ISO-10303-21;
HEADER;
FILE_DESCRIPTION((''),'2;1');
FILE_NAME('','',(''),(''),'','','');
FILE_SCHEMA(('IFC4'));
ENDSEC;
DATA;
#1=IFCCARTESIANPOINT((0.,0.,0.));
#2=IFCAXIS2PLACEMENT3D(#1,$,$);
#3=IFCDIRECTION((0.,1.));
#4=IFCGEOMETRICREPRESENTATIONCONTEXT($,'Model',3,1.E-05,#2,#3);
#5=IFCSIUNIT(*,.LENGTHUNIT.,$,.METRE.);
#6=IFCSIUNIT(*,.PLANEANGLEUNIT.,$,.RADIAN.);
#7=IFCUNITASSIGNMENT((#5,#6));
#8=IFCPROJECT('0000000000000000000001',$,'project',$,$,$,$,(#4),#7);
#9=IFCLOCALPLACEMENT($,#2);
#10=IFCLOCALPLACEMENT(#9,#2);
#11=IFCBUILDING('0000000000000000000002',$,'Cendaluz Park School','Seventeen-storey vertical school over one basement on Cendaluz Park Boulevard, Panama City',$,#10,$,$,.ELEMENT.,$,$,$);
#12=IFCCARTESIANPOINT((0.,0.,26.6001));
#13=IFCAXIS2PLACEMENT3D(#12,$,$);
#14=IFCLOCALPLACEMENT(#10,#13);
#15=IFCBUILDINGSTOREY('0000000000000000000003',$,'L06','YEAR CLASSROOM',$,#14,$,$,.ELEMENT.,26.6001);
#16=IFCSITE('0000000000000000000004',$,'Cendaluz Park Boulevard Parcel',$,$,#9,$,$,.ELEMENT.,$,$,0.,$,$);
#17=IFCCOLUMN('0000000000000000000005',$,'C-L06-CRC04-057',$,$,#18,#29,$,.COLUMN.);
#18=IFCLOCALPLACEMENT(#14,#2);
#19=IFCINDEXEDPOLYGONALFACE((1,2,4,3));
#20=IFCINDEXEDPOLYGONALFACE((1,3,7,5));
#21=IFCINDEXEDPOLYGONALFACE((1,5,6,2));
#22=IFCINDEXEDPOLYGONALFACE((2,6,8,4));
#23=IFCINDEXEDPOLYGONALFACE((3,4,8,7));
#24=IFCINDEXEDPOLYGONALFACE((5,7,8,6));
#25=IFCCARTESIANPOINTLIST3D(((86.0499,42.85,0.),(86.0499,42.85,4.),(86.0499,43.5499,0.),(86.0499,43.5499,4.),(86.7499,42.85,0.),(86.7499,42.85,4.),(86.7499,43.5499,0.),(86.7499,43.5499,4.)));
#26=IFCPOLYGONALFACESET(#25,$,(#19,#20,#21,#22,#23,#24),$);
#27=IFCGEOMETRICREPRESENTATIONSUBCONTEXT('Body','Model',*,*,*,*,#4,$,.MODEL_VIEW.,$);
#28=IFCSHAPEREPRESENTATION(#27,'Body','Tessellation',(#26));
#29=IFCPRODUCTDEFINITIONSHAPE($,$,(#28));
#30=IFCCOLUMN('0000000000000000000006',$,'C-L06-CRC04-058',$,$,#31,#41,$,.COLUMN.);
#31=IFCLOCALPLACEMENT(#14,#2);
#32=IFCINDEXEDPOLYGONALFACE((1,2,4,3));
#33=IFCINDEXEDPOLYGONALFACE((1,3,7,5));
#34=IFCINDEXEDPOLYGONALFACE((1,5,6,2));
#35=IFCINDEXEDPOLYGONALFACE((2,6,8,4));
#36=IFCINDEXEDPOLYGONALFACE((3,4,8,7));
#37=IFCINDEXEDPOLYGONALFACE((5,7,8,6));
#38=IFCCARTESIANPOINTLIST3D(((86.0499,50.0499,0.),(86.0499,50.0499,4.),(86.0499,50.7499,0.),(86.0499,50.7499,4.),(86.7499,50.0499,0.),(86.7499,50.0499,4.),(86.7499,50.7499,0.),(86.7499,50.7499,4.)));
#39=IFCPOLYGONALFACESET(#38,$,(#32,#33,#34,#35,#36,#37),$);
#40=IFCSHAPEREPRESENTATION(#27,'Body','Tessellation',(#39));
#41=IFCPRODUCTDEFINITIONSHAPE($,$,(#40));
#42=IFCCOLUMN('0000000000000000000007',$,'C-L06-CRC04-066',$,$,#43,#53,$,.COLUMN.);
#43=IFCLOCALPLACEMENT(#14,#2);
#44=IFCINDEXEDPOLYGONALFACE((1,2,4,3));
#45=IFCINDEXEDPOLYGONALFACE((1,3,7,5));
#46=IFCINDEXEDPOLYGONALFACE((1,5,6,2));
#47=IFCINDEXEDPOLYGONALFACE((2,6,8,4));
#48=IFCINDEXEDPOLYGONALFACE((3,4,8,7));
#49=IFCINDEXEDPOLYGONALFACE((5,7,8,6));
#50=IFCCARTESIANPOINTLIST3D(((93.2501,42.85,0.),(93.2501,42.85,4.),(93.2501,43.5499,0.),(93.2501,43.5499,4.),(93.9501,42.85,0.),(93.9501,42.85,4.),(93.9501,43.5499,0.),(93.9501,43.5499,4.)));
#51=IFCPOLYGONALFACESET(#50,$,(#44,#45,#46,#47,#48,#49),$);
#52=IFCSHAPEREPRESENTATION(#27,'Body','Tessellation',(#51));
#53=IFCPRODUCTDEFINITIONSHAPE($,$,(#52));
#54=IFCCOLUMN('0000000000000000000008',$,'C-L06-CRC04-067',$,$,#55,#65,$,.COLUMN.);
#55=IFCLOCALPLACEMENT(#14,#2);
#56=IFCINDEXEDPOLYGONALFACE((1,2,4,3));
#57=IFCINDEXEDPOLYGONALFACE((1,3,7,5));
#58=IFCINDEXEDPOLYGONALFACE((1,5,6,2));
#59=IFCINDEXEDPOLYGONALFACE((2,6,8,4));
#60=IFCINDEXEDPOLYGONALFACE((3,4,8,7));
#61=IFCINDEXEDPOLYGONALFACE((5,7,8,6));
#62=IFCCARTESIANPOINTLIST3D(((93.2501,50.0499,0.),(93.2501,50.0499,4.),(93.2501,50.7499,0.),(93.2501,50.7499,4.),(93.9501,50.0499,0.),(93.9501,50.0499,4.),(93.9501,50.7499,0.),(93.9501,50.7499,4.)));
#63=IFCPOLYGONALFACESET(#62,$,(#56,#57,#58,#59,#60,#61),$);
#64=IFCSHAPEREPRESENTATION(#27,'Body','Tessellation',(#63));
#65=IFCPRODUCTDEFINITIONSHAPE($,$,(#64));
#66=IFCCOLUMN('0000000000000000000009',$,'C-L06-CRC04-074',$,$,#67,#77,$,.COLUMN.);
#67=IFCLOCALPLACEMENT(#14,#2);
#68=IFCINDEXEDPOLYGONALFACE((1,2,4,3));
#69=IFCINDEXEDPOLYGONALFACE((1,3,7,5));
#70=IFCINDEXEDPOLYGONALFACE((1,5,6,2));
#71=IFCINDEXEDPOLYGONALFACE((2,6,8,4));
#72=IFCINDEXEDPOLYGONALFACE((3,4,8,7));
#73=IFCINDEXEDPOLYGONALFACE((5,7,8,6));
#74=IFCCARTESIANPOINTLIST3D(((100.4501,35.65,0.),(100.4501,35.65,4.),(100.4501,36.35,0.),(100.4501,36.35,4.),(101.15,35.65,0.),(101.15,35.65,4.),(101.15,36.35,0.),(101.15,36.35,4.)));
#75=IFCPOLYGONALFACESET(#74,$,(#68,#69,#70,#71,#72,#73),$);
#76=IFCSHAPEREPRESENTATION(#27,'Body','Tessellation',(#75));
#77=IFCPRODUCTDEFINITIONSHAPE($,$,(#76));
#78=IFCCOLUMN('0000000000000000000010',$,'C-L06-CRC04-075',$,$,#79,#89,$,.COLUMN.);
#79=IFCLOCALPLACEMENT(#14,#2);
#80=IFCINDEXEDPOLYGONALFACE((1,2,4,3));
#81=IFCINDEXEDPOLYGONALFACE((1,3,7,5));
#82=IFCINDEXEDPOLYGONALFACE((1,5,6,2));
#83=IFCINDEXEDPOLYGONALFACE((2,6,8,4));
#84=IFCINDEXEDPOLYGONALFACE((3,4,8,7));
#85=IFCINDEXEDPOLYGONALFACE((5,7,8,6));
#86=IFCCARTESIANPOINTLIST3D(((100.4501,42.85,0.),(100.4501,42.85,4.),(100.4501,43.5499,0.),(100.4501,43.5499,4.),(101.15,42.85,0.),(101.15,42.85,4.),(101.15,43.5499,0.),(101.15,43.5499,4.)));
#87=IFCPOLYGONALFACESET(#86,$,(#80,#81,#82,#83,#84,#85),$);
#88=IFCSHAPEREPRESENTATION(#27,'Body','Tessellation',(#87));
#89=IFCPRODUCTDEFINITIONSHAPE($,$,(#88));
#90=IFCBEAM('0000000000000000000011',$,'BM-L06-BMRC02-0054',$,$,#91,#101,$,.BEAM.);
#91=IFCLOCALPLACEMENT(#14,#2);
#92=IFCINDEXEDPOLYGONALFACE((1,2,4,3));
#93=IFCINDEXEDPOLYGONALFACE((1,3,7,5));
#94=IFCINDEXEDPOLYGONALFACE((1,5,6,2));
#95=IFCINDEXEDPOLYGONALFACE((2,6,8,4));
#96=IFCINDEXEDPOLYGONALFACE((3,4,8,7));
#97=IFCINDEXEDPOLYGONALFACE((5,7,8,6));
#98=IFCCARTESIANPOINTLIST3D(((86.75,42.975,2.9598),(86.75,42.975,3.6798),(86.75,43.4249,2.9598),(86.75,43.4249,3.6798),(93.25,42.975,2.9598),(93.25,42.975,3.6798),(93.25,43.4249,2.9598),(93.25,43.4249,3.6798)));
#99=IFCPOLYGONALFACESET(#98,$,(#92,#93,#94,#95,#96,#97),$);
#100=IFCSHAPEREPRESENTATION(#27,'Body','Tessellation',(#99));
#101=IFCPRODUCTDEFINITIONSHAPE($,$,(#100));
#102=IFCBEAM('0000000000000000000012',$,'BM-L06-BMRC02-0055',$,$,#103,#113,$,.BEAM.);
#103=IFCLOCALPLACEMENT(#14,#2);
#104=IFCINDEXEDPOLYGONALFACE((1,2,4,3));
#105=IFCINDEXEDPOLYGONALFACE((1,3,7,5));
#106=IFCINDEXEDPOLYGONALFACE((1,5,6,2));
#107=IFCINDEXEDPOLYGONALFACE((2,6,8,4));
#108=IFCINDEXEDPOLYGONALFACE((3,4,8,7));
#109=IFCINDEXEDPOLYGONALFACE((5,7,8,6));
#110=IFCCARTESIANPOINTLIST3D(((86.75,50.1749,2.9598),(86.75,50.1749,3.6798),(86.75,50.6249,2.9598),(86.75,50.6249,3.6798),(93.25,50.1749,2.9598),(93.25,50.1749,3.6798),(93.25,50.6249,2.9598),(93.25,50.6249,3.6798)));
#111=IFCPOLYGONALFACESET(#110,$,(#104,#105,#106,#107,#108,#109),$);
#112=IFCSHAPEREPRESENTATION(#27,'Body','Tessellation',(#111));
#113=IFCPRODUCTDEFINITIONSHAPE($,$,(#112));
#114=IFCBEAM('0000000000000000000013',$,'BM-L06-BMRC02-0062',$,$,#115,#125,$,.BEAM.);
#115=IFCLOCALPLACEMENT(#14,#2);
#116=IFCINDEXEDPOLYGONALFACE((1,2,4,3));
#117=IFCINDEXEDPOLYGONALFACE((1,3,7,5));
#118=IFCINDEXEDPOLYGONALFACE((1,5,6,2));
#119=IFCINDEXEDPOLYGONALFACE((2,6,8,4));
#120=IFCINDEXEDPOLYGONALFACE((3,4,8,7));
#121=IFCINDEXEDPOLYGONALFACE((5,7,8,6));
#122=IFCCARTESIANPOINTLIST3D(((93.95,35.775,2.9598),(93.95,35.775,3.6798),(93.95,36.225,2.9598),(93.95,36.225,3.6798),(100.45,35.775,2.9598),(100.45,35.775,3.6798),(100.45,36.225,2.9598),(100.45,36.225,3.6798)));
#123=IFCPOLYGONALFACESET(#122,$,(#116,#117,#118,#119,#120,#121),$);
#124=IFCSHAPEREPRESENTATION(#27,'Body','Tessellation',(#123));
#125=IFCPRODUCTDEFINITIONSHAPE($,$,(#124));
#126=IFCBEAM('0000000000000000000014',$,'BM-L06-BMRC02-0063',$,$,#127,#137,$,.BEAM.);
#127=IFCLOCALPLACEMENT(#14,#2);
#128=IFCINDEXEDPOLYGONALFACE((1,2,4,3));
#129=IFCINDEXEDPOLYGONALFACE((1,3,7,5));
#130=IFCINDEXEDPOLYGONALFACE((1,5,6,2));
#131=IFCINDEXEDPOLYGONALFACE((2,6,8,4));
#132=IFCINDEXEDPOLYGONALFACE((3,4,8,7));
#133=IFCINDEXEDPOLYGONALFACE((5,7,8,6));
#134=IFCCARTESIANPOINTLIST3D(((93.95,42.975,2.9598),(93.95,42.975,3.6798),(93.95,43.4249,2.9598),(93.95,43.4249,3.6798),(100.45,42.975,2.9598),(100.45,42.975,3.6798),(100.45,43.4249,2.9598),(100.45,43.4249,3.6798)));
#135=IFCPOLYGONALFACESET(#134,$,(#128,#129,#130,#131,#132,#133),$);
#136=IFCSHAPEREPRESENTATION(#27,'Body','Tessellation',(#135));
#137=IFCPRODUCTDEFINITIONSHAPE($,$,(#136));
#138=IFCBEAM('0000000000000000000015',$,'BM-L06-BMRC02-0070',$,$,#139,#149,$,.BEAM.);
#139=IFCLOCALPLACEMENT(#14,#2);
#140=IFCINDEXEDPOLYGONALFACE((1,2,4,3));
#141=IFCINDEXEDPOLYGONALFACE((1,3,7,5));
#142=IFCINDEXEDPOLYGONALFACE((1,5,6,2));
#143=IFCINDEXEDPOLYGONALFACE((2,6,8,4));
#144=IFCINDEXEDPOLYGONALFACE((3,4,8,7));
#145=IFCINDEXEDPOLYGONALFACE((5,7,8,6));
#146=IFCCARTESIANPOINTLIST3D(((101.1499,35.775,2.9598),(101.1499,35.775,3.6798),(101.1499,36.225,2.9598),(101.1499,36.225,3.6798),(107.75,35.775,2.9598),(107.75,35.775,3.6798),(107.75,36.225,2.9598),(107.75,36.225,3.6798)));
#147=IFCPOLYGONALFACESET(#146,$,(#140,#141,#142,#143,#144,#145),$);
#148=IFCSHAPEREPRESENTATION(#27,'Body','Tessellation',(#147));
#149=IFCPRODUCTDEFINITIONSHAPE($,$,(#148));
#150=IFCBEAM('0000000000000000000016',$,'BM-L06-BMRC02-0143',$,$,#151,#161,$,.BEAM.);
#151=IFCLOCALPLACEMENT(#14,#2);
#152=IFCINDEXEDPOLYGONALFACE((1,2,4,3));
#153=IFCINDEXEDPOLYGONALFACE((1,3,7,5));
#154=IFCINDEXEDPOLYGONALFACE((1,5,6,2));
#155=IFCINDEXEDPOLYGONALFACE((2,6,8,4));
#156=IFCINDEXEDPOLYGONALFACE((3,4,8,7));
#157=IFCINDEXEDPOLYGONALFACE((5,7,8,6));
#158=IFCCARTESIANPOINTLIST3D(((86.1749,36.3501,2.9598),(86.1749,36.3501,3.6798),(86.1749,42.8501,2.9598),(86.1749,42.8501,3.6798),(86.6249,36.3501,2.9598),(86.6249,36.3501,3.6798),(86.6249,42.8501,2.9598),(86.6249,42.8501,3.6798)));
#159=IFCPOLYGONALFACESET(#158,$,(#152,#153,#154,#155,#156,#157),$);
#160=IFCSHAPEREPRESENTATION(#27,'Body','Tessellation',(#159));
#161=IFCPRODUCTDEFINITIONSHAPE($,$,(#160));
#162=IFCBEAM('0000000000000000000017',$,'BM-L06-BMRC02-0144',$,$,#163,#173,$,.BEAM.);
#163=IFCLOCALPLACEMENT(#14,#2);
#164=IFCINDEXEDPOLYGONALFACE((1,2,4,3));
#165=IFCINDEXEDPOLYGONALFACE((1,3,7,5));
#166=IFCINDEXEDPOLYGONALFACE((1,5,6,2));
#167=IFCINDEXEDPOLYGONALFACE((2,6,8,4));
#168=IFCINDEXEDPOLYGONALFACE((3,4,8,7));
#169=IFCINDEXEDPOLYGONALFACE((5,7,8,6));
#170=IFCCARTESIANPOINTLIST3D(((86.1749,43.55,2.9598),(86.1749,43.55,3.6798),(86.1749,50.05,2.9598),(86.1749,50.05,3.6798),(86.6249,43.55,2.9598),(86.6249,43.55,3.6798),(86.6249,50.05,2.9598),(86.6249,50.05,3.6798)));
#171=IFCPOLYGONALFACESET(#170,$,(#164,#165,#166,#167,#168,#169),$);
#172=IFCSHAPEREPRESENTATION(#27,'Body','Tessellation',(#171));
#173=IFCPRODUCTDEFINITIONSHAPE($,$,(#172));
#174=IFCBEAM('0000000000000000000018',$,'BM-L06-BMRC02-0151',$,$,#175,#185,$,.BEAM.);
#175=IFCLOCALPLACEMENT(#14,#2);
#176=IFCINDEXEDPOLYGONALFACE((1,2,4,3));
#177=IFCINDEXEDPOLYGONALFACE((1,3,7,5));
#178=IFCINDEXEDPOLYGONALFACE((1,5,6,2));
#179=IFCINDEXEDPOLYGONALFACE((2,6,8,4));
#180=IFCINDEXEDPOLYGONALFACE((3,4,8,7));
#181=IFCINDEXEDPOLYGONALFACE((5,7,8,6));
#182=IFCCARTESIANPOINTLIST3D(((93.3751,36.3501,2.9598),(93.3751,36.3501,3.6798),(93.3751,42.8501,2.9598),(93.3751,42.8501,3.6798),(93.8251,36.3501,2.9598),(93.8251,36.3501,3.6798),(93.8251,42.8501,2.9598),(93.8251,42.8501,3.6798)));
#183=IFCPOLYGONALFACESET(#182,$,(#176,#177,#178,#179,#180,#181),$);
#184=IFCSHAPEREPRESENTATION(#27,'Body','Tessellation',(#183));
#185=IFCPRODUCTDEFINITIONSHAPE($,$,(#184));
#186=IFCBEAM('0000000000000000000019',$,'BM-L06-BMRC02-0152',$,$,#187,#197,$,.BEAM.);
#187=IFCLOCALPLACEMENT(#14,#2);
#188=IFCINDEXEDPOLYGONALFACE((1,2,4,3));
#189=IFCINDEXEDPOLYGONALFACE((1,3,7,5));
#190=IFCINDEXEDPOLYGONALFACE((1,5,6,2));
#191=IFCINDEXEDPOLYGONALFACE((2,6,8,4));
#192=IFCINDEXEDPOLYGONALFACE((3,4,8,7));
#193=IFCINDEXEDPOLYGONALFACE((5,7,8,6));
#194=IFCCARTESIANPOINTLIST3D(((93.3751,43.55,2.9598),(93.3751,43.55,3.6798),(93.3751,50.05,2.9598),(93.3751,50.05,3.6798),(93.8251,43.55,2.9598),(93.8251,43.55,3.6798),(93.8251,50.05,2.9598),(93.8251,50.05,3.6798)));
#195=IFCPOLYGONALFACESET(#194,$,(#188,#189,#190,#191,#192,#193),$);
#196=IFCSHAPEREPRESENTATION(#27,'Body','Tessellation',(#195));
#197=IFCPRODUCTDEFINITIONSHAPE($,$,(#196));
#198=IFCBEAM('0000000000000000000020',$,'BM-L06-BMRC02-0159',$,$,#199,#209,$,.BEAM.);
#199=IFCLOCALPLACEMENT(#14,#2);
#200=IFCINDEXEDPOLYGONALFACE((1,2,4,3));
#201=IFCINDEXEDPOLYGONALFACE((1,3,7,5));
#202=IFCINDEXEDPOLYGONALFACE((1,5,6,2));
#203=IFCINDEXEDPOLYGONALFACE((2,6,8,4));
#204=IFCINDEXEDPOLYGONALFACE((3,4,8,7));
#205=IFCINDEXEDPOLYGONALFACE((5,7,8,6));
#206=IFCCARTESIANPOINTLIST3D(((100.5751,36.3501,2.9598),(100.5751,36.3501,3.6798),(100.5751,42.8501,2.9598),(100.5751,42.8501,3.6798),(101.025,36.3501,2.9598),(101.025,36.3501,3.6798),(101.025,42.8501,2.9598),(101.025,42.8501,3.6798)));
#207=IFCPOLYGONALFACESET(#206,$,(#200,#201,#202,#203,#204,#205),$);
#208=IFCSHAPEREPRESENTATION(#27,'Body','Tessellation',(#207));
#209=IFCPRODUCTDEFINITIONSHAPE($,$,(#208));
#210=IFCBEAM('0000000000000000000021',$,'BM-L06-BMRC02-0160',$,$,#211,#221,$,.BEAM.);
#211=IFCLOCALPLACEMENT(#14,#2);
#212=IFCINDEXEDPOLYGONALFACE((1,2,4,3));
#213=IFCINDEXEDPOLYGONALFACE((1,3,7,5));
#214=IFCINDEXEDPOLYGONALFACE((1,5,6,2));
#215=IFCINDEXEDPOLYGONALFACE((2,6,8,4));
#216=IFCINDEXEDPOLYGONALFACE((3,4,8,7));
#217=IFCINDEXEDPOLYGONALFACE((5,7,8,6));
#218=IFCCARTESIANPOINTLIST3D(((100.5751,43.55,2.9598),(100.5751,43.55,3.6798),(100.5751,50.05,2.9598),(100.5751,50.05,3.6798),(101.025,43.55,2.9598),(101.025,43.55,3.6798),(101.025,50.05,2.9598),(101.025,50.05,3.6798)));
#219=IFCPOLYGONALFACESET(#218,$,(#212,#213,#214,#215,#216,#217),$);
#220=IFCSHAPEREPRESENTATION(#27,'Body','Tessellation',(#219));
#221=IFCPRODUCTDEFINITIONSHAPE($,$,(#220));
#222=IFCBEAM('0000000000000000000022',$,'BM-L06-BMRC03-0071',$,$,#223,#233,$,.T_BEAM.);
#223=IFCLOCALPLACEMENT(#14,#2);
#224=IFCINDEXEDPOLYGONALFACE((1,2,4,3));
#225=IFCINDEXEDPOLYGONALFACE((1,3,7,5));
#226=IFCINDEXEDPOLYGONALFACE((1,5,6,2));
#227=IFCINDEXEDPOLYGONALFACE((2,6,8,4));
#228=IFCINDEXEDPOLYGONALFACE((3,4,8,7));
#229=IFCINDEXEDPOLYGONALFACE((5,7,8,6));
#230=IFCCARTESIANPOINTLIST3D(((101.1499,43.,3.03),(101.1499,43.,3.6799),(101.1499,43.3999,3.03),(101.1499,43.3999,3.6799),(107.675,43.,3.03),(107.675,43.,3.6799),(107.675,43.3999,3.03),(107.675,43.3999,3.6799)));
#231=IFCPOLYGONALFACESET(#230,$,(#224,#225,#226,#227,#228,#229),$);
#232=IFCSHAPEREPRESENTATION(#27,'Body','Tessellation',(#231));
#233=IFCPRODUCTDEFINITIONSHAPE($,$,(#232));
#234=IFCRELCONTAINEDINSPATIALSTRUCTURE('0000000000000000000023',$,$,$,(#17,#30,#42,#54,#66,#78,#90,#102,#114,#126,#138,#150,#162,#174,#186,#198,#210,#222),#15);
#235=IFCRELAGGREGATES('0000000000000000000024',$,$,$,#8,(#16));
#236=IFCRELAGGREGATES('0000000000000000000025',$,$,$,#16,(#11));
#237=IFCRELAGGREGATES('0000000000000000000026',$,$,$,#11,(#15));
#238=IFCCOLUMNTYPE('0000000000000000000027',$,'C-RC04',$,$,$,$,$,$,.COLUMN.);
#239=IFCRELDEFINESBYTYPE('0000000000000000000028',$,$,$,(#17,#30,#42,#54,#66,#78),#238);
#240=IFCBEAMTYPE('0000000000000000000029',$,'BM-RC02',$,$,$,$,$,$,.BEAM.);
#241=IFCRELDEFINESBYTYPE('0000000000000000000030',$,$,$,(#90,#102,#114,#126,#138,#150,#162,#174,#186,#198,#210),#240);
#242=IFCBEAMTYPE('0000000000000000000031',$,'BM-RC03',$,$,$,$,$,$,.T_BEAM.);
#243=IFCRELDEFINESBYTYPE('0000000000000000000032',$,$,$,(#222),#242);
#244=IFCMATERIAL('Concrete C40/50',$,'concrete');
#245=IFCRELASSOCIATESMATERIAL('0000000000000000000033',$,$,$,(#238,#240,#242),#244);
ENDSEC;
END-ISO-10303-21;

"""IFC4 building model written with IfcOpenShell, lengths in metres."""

from ifc_helpers import new_model, si_unit, direction, frame, origin, origin_2d, place, context, subcontext, project, spatial, rectangle, extrude, material, material_profile, profile_set, type_object, element, save


model = new_model("IFC4")

# Units and contexts
model_context = context("Model", 3, precision=1e-05, world=origin(), true_north=direction((0.0, 1.0)))
body_context = subcontext(model_context, "Body", "Model", "MODEL_VIEW")
ifc_project = project(units=[si_unit("LENGTHUNIT", "METRE"), si_unit("PLANEANGLEUNIT", "RADIAN")], contexts=[model_context])

# Site, building, storey
site_placement = place(None, origin())
site = spatial("IfcSite", under=ifc_project, at=site_placement, Name="Cendaluz Park Boulevard Parcel", CompositionType="ELEMENT", RefElevation=0.0)
building_placement = place(site_placement, origin())
building = spatial("IfcBuilding", under=site, at=building_placement, Name="Cendaluz Park School", Description="Seventeen-storey vertical school over one basement on Cendaluz Park Boulevard, Panama City", CompositionType="ELEMENT")
storey_placement = place(building_placement, frame((0.0, 0.0, 26.6001)))
storey = spatial("IfcBuildingStorey", under=building, at=storey_placement, Name="L06", Description="YEAR CLASSROOM", CompositionType="ELEMENT", Elevation=26.6001)

# Columns
ifc_material_1 = material(Name="Concrete C40/50", Category="concrete")
ifc_material_profile_1 = material_profile(ifc_material_1, rectangle(XDim=0.7, YDim=0.7, at=origin_2d()), Name="RC 700x700", Category="concrete")
ifc_profile_set_1 = profile_set([ifc_material_profile_1], Name="Concrete C40/50")
column_type = type_object("IfcColumnType", Name="C-RC04", PredefinedType="COLUMN", material=ifc_profile_set_1)
for number, where, z_axis, x_axis, name in (
    (1, (86.3999, 43.2, 0.0), (0.0, 0.0, 1.0), (1.0, 0.0, 0.0), "C-L06-CRC04-057"),
    (2, (86.3999, 50.3999, 0.0), (0.0, 0.0, 1.0), (1.0, 0.0, 0.0), "C-L06-CRC04-058"),
    (3, (93.6001, 43.2, 0.0), (0.0, 0.0, 1.0), (1.0, 0.0, 0.0), "C-L06-CRC04-066"),
    (4, (93.6001, 50.3999, 0.0), (0.0, 0.0, 1.0), (1.0, 0.0, 0.0), "C-L06-CRC04-067"),
    (5, (100.8, 36.0, 0.0), (0.0, 0.0, 1.0), (1.0, 0.0, 0.0), "C-L06-CRC04-074"),
    (6, (100.8, 43.2, 0.0), (0.0, 0.0, 1.0), (1.0, 0.0, 0.0), "C-L06-CRC04-075"),
):
    element("IfcColumn", number, at=place(storey_placement, frame(where, z_axis=z_axis, x_axis=x_axis)), inside=storey, type_object=column_type, Name=name, PredefinedType="COLUMN", context=body_context, shape_type="SweptSolid", body=[
        extrude(rectangle(XDim=0.7, YDim=0.7, at=origin_2d()), origin(), (0.0, 0.0, 1.0), 4.0),
    ])

# Beams
ifc_material_profile_2 = material_profile(ifc_material_1, rectangle(XDim=0.45, YDim=0.72, at=origin_2d()), Name="RC 450x720", Category="concrete")
ifc_profile_set_2 = profile_set([ifc_material_profile_2], Name="Concrete C40/50")
beam_type_1 = type_object("IfcBeamType", Name="BM-RC02", PredefinedType="BEAM", material=ifc_profile_set_2)
for number, where, z_axis, x_axis, name in (
    (7, (86.75, 43.2, 3.3198), (1.0, 0.0, 0.0), (0.0, 1.0, 0.0), "BM-L06-BMRC02-0054"),
    (8, (86.75, 50.3999, 3.3198), (1.0, 0.0, 0.0), (0.0, 1.0, 0.0), "BM-L06-BMRC02-0055"),
    (9, (93.95, 36.0, 3.3198), (1.0, 0.0, 0.0), (0.0, 1.0, 0.0), "BM-L06-BMRC02-0062"),
    (10, (93.95, 43.2, 3.3198), (1.0, 0.0, 0.0), (0.0, 1.0, 0.0), "BM-L06-BMRC02-0063"),
):
    element("IfcBeam", number, at=place(storey_placement, frame(where, z_axis=z_axis, x_axis=x_axis)), inside=storey, type_object=beam_type_1, Name=name, PredefinedType="BEAM", context=body_context, shape_type="SweptSolid", body=[
        extrude(rectangle(XDim=0.45, YDim=0.72, at=origin_2d()), origin(), (0.0, 0.0, 1.0), 6.5),
    ])
beam_1_placement = place(storey_placement, frame((101.1499, 36.0, 3.3198), z_axis=(1.0, 0.0, 0.0), x_axis=(0.0, 1.0, 0.0)))
element("IfcBeam", 11, at=beam_1_placement, inside=storey, type_object=beam_type_1, Name="BM-L06-BMRC02-0070", PredefinedType="BEAM", context=body_context, shape_type="SweptSolid", body=[
    extrude(rectangle(XDim=0.45, YDim=0.72, at=origin_2d()), origin(), (0.0, 0.0, 1.0), 6.6001),
])
for number, where, z_axis, x_axis, name in (
    (12, (86.3999, 36.3501, 3.3198), (0.0, 1.0, 0.0), (-1.0, 0.0, 0.0), "BM-L06-BMRC02-0143"),
    (13, (86.3999, 43.55, 3.3198), (0.0, 1.0, 0.0), (-1.0, 0.0, 0.0), "BM-L06-BMRC02-0144"),
    (14, (93.6001, 36.3501, 3.3198), (0.0, 1.0, 0.0), (-1.0, 0.0, 0.0), "BM-L06-BMRC02-0151"),
    (15, (93.6001, 43.55, 3.3198), (0.0, 1.0, 0.0), (-1.0, 0.0, 0.0), "BM-L06-BMRC02-0152"),
    (16, (100.8, 36.3501, 3.3198), (0.0, 1.0, 0.0), (-1.0, 0.0, 0.0), "BM-L06-BMRC02-0159"),
    (17, (100.8, 43.55, 3.3198), (0.0, 1.0, 0.0), (-1.0, 0.0, 0.0), "BM-L06-BMRC02-0160"),
):
    element("IfcBeam", number, at=place(storey_placement, frame(where, z_axis=z_axis, x_axis=x_axis)), inside=storey, type_object=beam_type_1, Name=name, PredefinedType="BEAM", context=body_context, shape_type="SweptSolid", body=[
        extrude(rectangle(XDim=0.45, YDim=0.72, at=origin_2d()), origin(), (0.0, 0.0, 1.0), 6.5),
    ])
ifc_material_profile_3 = material_profile(ifc_material_1, rectangle(XDim=0.3999, YDim=0.6499, at=origin_2d()), Name="RC 400x650", Category="concrete")
ifc_profile_set_3 = profile_set([ifc_material_profile_3], Name="Concrete C40/50")
beam_type_2 = type_object("IfcBeamType", Name="BM-RC03", PredefinedType="T_BEAM", material=ifc_profile_set_3)
beam_2_placement = place(storey_placement, frame((101.1499, 43.2, 3.355), z_axis=(1.0, 0.0, 0.0), x_axis=(0.0, 1.0, 0.0)))
element("IfcBeam", 18, at=beam_2_placement, inside=storey, type_object=beam_type_2, Name="BM-L06-BMRC03-0071", PredefinedType="T_BEAM", context=body_context, shape_type="SweptSolid", body=[
    extrude(rectangle(XDim=0.3999, YDim=0.6499, at=origin_2d()), origin(), (0.0, 0.0, 1.0), 6.5251),
])

save(model, "model.ifc")
